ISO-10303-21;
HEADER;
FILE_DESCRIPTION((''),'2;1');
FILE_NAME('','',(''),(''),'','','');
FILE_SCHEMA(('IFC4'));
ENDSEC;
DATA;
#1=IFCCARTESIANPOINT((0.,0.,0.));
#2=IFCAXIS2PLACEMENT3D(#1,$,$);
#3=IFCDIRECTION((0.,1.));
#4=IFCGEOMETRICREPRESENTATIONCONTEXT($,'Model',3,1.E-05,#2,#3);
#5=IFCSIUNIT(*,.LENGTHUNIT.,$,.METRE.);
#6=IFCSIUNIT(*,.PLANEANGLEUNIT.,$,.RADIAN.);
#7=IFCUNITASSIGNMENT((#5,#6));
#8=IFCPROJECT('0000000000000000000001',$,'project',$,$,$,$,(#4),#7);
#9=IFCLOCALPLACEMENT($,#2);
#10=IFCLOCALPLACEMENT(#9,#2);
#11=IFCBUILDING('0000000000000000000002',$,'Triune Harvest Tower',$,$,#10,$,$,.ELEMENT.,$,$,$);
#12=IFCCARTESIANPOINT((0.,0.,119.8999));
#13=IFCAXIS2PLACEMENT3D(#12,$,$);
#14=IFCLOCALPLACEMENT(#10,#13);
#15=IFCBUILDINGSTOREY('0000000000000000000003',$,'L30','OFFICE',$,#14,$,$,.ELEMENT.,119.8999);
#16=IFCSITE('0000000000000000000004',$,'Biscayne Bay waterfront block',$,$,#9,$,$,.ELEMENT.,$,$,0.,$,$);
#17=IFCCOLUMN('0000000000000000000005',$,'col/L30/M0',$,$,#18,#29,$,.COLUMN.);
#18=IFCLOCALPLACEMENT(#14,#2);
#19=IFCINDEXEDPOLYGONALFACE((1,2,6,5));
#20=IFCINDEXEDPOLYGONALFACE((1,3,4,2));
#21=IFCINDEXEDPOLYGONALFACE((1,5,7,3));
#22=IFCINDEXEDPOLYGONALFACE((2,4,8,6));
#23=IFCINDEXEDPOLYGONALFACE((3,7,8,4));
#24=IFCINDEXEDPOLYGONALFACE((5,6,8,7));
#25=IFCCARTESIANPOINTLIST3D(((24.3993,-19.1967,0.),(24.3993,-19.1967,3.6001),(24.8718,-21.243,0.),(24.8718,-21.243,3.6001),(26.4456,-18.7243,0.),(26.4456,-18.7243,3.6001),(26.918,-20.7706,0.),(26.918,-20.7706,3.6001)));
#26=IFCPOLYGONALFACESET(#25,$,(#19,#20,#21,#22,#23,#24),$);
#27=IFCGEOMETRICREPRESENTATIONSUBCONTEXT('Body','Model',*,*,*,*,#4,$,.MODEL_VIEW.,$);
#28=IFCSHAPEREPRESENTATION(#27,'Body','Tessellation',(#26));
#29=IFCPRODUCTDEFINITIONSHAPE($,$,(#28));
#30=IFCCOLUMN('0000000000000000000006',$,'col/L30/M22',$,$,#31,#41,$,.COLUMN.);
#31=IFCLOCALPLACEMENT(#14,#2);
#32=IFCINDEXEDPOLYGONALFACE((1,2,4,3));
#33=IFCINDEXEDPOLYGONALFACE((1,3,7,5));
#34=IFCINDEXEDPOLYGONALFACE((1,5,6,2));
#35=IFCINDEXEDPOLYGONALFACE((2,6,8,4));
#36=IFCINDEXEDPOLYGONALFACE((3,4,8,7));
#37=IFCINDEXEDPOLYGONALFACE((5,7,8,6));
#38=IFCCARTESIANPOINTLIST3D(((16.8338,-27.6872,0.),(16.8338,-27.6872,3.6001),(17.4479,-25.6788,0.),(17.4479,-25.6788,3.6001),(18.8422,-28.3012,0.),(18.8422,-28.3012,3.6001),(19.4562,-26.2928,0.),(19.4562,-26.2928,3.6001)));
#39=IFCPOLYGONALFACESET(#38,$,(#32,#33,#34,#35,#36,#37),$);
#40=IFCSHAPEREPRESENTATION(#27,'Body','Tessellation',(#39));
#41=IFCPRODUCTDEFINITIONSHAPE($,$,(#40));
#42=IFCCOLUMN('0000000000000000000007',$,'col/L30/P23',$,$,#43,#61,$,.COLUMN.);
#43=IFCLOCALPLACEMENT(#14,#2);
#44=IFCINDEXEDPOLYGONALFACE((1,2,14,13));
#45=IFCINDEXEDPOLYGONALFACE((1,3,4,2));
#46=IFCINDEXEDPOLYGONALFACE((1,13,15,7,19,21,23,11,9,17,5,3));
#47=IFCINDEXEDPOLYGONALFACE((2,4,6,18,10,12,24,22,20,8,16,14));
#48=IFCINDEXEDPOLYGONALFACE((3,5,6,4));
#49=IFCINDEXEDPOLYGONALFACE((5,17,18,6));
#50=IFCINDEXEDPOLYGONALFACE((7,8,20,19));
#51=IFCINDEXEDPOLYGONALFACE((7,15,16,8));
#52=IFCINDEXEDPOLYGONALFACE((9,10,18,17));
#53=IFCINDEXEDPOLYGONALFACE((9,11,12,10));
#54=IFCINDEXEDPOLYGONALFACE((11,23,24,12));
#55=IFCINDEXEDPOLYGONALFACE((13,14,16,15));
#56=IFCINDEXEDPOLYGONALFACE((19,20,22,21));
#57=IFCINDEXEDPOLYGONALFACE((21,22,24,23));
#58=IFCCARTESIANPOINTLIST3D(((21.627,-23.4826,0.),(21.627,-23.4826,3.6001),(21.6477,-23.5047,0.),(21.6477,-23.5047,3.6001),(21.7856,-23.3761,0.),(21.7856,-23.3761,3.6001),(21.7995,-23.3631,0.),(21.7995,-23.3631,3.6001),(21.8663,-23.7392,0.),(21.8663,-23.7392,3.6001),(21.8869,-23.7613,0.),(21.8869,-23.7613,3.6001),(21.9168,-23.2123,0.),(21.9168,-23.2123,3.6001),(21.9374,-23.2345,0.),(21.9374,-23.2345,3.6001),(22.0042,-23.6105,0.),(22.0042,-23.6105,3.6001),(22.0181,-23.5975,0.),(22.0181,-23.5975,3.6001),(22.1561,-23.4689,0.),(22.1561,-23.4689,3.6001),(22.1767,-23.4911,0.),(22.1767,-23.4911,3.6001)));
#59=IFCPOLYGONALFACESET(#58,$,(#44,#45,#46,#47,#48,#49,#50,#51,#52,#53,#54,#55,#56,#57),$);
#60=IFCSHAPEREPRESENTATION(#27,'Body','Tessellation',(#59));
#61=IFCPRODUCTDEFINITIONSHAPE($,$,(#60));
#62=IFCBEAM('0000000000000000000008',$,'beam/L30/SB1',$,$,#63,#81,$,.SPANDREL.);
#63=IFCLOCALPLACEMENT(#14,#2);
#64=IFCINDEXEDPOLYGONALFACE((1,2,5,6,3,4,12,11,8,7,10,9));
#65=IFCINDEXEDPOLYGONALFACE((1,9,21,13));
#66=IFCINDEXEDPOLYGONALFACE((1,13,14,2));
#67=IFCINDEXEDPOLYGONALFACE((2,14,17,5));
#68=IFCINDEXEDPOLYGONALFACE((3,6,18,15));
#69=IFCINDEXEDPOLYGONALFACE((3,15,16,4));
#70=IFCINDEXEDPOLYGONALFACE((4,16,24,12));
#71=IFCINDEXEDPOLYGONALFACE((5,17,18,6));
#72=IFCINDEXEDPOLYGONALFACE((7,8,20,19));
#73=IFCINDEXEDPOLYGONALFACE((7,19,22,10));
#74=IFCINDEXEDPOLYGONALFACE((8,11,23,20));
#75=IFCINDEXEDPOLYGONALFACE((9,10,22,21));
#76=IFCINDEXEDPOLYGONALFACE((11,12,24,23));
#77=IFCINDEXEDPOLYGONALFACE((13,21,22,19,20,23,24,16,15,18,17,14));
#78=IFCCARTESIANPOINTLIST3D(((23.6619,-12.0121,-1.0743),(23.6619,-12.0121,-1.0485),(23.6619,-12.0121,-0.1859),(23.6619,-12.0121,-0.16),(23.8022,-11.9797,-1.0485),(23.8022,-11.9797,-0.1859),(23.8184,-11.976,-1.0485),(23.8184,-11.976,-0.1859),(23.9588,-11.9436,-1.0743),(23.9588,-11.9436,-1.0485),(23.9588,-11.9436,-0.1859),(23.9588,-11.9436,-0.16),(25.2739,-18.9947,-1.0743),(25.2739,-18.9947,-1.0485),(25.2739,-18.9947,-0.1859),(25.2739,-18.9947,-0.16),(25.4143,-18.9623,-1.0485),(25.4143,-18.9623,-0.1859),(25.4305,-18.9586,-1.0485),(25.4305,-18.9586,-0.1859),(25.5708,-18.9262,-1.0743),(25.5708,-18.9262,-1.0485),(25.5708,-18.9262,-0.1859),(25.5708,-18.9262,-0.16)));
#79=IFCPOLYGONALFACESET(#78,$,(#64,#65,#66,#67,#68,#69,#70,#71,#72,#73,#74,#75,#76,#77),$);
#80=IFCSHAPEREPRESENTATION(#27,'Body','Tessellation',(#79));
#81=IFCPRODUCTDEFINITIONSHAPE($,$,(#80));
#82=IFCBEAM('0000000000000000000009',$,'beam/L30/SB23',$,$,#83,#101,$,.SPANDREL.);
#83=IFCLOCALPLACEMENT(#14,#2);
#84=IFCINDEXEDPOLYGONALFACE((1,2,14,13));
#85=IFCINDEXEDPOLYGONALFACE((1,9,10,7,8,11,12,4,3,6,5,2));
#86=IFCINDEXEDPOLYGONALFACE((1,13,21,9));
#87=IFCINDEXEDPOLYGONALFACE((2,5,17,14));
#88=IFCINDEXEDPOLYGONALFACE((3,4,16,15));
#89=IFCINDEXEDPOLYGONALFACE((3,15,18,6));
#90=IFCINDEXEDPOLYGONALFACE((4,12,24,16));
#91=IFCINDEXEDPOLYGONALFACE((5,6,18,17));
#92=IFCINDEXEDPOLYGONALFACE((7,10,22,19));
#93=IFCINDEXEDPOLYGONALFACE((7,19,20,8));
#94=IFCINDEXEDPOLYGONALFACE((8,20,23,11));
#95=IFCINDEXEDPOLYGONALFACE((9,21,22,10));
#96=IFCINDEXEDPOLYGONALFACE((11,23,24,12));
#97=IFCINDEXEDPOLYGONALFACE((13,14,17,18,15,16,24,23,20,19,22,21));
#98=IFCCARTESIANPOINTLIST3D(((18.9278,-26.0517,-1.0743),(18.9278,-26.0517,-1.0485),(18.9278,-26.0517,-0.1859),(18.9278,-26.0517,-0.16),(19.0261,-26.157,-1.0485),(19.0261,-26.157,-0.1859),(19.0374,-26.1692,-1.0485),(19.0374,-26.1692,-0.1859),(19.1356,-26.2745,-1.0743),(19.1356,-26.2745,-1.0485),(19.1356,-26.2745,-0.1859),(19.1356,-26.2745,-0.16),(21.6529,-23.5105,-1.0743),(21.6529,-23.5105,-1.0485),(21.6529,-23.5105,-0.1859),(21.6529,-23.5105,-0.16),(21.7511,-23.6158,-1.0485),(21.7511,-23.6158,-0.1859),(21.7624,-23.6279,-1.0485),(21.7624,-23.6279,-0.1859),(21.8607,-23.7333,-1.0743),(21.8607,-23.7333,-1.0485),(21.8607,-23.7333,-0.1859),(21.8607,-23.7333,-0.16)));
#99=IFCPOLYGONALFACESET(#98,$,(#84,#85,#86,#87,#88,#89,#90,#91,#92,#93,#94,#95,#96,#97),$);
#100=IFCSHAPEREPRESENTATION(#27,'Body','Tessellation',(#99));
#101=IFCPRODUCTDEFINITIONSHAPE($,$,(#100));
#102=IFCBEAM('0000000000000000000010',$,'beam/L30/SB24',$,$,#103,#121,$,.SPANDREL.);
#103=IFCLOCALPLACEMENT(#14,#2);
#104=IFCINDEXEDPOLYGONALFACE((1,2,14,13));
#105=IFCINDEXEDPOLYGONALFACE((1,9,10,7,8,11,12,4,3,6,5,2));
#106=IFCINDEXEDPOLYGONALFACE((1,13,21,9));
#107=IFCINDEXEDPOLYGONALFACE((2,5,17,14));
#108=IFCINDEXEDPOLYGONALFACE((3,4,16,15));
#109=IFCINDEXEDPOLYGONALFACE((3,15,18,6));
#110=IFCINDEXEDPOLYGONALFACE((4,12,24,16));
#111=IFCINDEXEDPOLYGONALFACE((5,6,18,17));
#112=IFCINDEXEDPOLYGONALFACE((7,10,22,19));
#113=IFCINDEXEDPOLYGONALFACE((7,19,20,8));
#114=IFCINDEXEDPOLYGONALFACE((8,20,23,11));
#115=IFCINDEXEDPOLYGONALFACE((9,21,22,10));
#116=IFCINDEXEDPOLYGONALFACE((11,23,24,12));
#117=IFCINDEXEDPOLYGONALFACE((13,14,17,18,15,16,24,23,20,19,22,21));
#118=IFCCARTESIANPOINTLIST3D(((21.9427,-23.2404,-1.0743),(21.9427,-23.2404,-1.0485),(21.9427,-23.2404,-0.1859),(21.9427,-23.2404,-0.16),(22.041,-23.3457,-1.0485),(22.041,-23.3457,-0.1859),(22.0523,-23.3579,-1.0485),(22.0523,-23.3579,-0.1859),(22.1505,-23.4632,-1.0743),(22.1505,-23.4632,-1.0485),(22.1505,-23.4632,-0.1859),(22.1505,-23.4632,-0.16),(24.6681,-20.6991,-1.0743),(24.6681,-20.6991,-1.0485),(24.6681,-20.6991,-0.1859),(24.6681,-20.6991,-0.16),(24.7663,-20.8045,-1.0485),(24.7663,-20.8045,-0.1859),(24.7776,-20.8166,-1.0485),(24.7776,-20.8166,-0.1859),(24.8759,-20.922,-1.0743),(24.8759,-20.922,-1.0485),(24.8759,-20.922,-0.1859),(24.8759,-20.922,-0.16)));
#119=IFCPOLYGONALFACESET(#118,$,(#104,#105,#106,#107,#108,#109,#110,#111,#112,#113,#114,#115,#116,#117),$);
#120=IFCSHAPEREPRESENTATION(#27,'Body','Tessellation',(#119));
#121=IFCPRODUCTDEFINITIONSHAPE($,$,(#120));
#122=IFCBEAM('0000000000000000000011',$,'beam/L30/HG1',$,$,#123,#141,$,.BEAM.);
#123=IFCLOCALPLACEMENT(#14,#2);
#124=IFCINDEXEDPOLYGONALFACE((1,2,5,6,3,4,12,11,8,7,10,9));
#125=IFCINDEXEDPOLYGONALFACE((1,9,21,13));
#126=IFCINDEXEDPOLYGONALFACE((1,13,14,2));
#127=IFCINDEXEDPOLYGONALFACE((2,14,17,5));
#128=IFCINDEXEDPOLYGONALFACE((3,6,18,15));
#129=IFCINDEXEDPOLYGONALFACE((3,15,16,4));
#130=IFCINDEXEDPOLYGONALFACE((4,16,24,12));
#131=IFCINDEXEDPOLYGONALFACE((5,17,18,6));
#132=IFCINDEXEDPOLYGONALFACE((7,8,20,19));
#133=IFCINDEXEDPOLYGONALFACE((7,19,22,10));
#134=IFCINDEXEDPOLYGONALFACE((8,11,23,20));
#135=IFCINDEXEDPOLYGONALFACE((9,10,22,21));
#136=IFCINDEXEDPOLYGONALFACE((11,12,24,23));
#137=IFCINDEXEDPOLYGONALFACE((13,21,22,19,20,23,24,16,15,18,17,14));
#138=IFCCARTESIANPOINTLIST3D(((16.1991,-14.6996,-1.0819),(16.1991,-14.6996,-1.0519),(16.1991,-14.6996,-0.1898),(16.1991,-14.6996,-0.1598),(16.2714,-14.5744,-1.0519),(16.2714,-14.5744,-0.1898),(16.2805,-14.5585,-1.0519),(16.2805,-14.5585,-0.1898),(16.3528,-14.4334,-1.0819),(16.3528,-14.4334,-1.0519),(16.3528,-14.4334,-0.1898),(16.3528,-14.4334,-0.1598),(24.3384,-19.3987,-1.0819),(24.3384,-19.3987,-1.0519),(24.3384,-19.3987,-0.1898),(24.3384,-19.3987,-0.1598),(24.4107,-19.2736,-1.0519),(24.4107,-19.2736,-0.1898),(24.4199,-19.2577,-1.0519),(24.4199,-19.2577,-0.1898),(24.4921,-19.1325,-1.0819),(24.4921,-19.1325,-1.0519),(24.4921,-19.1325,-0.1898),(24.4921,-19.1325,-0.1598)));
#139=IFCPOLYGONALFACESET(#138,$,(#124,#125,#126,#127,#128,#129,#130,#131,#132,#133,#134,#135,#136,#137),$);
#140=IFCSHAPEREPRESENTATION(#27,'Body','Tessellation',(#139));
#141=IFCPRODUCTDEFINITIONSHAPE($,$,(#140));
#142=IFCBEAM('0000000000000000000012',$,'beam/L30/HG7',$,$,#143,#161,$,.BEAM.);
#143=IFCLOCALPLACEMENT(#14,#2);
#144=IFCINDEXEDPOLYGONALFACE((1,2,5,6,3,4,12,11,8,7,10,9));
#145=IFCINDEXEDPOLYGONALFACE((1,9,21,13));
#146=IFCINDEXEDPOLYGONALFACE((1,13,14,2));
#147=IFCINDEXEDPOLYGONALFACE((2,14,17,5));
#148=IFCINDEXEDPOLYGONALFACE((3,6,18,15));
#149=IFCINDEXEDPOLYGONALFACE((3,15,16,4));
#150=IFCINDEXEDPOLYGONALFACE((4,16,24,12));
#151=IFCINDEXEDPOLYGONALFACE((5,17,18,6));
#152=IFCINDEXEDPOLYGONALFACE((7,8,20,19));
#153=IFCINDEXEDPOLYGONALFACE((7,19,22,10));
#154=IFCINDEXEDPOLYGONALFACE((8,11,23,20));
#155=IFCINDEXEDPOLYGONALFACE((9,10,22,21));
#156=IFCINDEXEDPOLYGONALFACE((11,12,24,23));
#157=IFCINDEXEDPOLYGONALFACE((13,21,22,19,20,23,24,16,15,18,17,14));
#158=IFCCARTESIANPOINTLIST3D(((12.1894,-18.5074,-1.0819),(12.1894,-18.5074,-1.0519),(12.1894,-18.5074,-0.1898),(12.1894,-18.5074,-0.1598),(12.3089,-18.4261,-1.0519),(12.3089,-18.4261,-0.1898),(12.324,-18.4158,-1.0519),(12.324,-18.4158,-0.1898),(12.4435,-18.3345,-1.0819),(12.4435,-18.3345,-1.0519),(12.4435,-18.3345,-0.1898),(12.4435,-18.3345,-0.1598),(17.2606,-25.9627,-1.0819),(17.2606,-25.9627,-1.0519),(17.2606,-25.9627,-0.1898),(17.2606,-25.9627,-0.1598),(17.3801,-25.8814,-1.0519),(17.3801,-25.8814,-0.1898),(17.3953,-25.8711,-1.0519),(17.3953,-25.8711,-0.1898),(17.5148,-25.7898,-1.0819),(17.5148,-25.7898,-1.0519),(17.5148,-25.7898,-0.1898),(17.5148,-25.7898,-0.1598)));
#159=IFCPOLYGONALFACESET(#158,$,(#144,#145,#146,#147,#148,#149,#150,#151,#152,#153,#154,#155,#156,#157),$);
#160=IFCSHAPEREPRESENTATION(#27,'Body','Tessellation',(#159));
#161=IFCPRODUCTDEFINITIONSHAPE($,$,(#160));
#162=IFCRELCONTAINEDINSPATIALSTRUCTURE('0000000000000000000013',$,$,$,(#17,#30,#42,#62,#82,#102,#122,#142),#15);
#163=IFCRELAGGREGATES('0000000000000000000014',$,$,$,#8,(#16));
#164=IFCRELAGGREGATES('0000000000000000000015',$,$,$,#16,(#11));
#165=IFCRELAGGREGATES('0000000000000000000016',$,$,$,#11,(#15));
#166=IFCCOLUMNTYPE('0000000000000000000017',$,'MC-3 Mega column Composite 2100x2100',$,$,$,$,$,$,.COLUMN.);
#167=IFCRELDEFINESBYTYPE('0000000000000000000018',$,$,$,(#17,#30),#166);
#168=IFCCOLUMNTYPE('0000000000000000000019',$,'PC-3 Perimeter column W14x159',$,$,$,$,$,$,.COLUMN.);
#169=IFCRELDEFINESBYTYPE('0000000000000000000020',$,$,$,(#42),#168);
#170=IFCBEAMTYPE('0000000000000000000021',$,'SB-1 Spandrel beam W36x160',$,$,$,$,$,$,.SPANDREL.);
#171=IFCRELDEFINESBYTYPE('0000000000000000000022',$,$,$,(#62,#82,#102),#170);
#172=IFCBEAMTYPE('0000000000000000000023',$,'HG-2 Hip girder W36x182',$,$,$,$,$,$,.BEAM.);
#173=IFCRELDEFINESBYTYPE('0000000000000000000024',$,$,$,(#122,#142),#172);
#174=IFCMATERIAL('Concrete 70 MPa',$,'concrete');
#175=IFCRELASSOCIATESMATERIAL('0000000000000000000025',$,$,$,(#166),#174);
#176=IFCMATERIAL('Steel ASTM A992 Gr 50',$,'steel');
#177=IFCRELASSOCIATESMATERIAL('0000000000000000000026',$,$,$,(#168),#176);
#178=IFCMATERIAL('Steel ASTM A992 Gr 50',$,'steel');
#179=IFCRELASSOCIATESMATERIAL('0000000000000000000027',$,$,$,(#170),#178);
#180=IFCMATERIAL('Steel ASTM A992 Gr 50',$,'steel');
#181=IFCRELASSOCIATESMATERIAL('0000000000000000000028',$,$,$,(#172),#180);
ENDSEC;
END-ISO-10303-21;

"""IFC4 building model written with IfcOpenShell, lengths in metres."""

from ifc_helpers import new_model, si_unit, direction, frame, origin, origin_2d, place, context, subcontext, project, spatial, rectangle, i_section, extrude, source, transform, mapped, material, material_profile, profile_set, type_object, element, save


model = new_model("IFC4")

# Units and contexts
model_context = context("Model", 3, precision=1e-05, world=origin(), true_north=direction((0.0, 1.0)))
body_context = subcontext(model_context, "Body", "Model", "MODEL_VIEW")
ifc_project = project(units=[si_unit("LENGTHUNIT", "METRE"), si_unit("PLANEANGLEUNIT", "RADIAN")], contexts=[model_context])

# Site, building, storey
site_placement = place(None, origin())
site = spatial("IfcSite", under=ifc_project, at=site_placement, Name="Biscayne Bay waterfront block", CompositionType="ELEMENT", RefElevation=0.0)
building_placement = place(site_placement, origin())
building = spatial("IfcBuilding", under=site, at=building_placement, Name="Triune Harvest Tower", CompositionType="ELEMENT")
storey_placement = place(building_placement, frame((0.0, 0.0, 119.8999)))
storey = spatial("IfcBuildingStorey", under=building, at=storey_placement, Name="L30", Description="OFFICE", CompositionType="ELEMENT", Elevation=119.8999)

# Columns
ifc_material_1 = material(Name="Concrete 70 MPa", Category="concrete")
ifc_material_profile_1 = material_profile(ifc_material_1, rectangle(XDim=2.1001, YDim=2.1001, at=origin_2d()), Name="Composite 2100x2100")
ifc_profile_set_1 = profile_set([ifc_material_profile_1], Name="Concrete 70 MPa")
column_type_1 = type_object("IfcColumnType", Name="MC-3 Mega column Composite 2100x2100", PredefinedType="COLUMN", material=ifc_profile_set_1)
shared_shape_1 = source(origin(), body_context, "Body", "SweptSolid", [
    extrude(rectangle(XDim=2.1001, YDim=2.1001, at=origin_2d()), origin(), (0.0, 0.0, 1.0), 3.6001),
])
for number, where, z_axis, x_axis, name in (
    (1, (25.6587, -19.9836, 0.0), (0.0, 0.0, 1.0), (-0.224953, 0.97437, 0.0), "col/L30/M0"),
    (2, (18.145, -26.99, 0.0), (0.0, 0.0, 1.0), (0.956305, -0.292372, 0.0), "col/L30/M22"),
):
    element("IfcColumn", number, at=place(storey_placement, frame(where, z_axis=z_axis, x_axis=x_axis)), inside=storey, type_object=column_type_1, Name=name, PredefinedType="COLUMN", context=body_context, shape_type="MappedRepresentation", body=[
        mapped(shared_shape_1, transform((0.0, 0.0, 0.0), scale=1.0)),
    ])
ifc_material_2 = material(Name="Steel ASTM A992 Gr 50", Category="steel")
ifc_material_profile_2 = material_profile(ifc_material_2, i_section(OverallWidth=0.3962, OverallDepth=0.3811, WebThickness=0.019, FlangeThickness=0.0303, at=origin_2d()), Name="W14x159")
ifc_profile_set_2 = profile_set([ifc_material_profile_2], Name="Steel ASTM A992 Gr 50")
column_type_2 = type_object("IfcColumnType", Name="PC-3 Perimeter column W14x159", PredefinedType="COLUMN", material=ifc_profile_set_2)
shared_shape_2 = source(origin(), body_context, "Body", "SweptSolid", [
    extrude(i_section(OverallWidth=0.3962, OverallDepth=0.3811, WebThickness=0.019, FlangeThickness=0.0303, at=origin_2d()), origin(), (0.0, 0.0, 1.0), 3.6001),
])
column_placement = place(storey_placement, frame((21.9019, -23.4868, 0.0), z_axis=(0.0, 0.0, 1.0), x_axis=(0.731354, 0.681998, 0.0)))
element("IfcColumn", 3, at=column_placement, inside=storey, type_object=column_type_2, Name="col/L30/P23", PredefinedType="COLUMN", context=body_context, shape_type="MappedRepresentation", body=[
    mapped(shared_shape_2, transform((0.0, 0.0, 0.0), scale=1.0)),
])

# Beams
ifc_material_3 = material(Name="Steel ASTM A992 Gr 50", Category="steel")
ifc_material_profile_3 = material_profile(ifc_material_3, i_section(OverallWidth=0.3047, OverallDepth=0.9143, WebThickness=0.0166, FlangeThickness=0.0259, at=origin_2d()), Name="W36x160")
ifc_profile_set_3 = profile_set([ifc_material_profile_3], Name="Steel ASTM A992 Gr 50")
beam_type_1 = type_object("IfcBeamType", Name="SB-1 Spandrel beam W36x160", PredefinedType="SPANDREL", material=ifc_profile_set_3)
shared_shape_3 = source(origin(), body_context, "Body", "SweptSolid", [
    extrude(i_section(OverallWidth=0.3047, OverallDepth=0.9143, WebThickness=0.0166, FlangeThickness=0.0259, at=origin_2d()), origin(), (0.0, 0.0, 1.0), 7.1663),
])
beam_1_placement = place(storey_placement, frame((25.4224, -18.9604, -0.6172), z_axis=(-0.224949, 0.974371, 0.0), x_axis=(-0.974371, -0.224949, 0.0)))
element("IfcBeam", 4, at=beam_1_placement, inside=storey, type_object=beam_type_1, Name="beam/L30/SB1", PredefinedType="SPANDREL", context=body_context, shape_type="MappedRepresentation", body=[
    mapped(shared_shape_3, transform((0.0, 0.0, 0.0), scale=1.0)),
])
shared_shape_4 = source(origin(), body_context, "Body", "SweptSolid", [
    extrude(i_section(OverallWidth=0.3047, OverallDepth=0.9143, WebThickness=0.0166, FlangeThickness=0.0259, at=origin_2d()), origin(), (0.0, 0.0, 1.0), 3.7261),
])
beam_2_placement = place(storey_placement, frame((19.0317, -26.1631, -0.6172), z_axis=(0.731345, 0.682008, 0.0), x_axis=(-0.682008, 0.731345, 0.0)))
element("IfcBeam", 5, at=beam_2_placement, inside=storey, type_object=beam_type_1, Name="beam/L30/SB23", PredefinedType="SPANDREL", context=body_context, shape_type="MappedRepresentation", body=[
    mapped(shared_shape_4, transform((0.0, 0.0, 0.0), scale=1.0)),
])
shared_shape_5 = source(origin(), body_context, "Body", "SweptSolid", [
    extrude(i_section(OverallWidth=0.3047, OverallDepth=0.9143, WebThickness=0.0166, FlangeThickness=0.0259, at=origin_2d()), origin(), (0.0, 0.0, 1.0), 3.7263),
])
beam_3_placement = place(storey_placement, frame((22.0466, -23.3518, -0.6172), z_axis=(0.731375, 0.681975, 0.0), x_axis=(-0.681975, 0.731375, 0.0)))
element("IfcBeam", 6, at=beam_3_placement, inside=storey, type_object=beam_type_1, Name="beam/L30/SB24", PredefinedType="SPANDREL", context=body_context, shape_type="MappedRepresentation", body=[
    mapped(shared_shape_5, transform((0.0, 0.0, 0.0), scale=1.0)),
])
ifc_material_4 = material(Name="Steel ASTM A992 Gr 50", Category="steel")
ifc_material_profile_4 = material_profile(ifc_material_4, i_section(OverallWidth=0.3074, OverallDepth=0.9221, WebThickness=0.0183, FlangeThickness=0.03, at=origin_2d()), Name="W36x182")
ifc_profile_set_4 = profile_set([ifc_material_profile_4], Name="Steel ASTM A992 Gr 50")
beam_type_2 = type_object("IfcBeamType", Name="HG-2 Hip girder W36x182", PredefinedType="BEAM", material=ifc_profile_set_4)
shared_shape_6 = source(origin(), body_context, "Body", "SweptSolid", [
    extrude(i_section(OverallWidth=0.3074, OverallDepth=0.9221, WebThickness=0.0183, FlangeThickness=0.03, at=origin_2d()), origin(), (0.0, 0.0, 1.0), 9.3984),
])
beam_4_placement = place(storey_placement, frame((24.4153, -19.2656, -0.6208), z_axis=(-0.866029, 0.499995, 0.0), x_axis=(-0.499995, -0.866029, 0.0)))
element("IfcBeam", 7, at=beam_4_placement, inside=storey, type_object=beam_type_2, Name="beam/L30/HG1", PredefinedType="BEAM", context=body_context, shape_type="MappedRepresentation", body=[
    mapped(shared_shape_6, transform((0.0, 0.0, 0.0), scale=1.0)),
])
shared_shape_7 = source(origin(), body_context, "Body", "SweptSolid", [
    extrude(i_section(OverallWidth=0.3074, OverallDepth=0.9221, WebThickness=0.0183, FlangeThickness=0.03, at=origin_2d()), origin(), (0.0, 0.0, 1.0), 9.0166),
])
beam_5_placement = place(storey_placement, frame((17.3877, -25.8762, -0.6208), z_axis=(-0.562437, 0.82684, 0.0), x_axis=(-0.82684, -0.562437, 0.0)))
element("IfcBeam", 8, at=beam_5_placement, inside=storey, type_object=beam_type_2, Name="beam/L30/HG7", PredefinedType="BEAM", context=body_context, shape_type="MappedRepresentation", body=[
    mapped(shared_shape_7, transform((0.0, 0.0, 0.0), scale=1.0)),
])

save(model, "model.ifc")
